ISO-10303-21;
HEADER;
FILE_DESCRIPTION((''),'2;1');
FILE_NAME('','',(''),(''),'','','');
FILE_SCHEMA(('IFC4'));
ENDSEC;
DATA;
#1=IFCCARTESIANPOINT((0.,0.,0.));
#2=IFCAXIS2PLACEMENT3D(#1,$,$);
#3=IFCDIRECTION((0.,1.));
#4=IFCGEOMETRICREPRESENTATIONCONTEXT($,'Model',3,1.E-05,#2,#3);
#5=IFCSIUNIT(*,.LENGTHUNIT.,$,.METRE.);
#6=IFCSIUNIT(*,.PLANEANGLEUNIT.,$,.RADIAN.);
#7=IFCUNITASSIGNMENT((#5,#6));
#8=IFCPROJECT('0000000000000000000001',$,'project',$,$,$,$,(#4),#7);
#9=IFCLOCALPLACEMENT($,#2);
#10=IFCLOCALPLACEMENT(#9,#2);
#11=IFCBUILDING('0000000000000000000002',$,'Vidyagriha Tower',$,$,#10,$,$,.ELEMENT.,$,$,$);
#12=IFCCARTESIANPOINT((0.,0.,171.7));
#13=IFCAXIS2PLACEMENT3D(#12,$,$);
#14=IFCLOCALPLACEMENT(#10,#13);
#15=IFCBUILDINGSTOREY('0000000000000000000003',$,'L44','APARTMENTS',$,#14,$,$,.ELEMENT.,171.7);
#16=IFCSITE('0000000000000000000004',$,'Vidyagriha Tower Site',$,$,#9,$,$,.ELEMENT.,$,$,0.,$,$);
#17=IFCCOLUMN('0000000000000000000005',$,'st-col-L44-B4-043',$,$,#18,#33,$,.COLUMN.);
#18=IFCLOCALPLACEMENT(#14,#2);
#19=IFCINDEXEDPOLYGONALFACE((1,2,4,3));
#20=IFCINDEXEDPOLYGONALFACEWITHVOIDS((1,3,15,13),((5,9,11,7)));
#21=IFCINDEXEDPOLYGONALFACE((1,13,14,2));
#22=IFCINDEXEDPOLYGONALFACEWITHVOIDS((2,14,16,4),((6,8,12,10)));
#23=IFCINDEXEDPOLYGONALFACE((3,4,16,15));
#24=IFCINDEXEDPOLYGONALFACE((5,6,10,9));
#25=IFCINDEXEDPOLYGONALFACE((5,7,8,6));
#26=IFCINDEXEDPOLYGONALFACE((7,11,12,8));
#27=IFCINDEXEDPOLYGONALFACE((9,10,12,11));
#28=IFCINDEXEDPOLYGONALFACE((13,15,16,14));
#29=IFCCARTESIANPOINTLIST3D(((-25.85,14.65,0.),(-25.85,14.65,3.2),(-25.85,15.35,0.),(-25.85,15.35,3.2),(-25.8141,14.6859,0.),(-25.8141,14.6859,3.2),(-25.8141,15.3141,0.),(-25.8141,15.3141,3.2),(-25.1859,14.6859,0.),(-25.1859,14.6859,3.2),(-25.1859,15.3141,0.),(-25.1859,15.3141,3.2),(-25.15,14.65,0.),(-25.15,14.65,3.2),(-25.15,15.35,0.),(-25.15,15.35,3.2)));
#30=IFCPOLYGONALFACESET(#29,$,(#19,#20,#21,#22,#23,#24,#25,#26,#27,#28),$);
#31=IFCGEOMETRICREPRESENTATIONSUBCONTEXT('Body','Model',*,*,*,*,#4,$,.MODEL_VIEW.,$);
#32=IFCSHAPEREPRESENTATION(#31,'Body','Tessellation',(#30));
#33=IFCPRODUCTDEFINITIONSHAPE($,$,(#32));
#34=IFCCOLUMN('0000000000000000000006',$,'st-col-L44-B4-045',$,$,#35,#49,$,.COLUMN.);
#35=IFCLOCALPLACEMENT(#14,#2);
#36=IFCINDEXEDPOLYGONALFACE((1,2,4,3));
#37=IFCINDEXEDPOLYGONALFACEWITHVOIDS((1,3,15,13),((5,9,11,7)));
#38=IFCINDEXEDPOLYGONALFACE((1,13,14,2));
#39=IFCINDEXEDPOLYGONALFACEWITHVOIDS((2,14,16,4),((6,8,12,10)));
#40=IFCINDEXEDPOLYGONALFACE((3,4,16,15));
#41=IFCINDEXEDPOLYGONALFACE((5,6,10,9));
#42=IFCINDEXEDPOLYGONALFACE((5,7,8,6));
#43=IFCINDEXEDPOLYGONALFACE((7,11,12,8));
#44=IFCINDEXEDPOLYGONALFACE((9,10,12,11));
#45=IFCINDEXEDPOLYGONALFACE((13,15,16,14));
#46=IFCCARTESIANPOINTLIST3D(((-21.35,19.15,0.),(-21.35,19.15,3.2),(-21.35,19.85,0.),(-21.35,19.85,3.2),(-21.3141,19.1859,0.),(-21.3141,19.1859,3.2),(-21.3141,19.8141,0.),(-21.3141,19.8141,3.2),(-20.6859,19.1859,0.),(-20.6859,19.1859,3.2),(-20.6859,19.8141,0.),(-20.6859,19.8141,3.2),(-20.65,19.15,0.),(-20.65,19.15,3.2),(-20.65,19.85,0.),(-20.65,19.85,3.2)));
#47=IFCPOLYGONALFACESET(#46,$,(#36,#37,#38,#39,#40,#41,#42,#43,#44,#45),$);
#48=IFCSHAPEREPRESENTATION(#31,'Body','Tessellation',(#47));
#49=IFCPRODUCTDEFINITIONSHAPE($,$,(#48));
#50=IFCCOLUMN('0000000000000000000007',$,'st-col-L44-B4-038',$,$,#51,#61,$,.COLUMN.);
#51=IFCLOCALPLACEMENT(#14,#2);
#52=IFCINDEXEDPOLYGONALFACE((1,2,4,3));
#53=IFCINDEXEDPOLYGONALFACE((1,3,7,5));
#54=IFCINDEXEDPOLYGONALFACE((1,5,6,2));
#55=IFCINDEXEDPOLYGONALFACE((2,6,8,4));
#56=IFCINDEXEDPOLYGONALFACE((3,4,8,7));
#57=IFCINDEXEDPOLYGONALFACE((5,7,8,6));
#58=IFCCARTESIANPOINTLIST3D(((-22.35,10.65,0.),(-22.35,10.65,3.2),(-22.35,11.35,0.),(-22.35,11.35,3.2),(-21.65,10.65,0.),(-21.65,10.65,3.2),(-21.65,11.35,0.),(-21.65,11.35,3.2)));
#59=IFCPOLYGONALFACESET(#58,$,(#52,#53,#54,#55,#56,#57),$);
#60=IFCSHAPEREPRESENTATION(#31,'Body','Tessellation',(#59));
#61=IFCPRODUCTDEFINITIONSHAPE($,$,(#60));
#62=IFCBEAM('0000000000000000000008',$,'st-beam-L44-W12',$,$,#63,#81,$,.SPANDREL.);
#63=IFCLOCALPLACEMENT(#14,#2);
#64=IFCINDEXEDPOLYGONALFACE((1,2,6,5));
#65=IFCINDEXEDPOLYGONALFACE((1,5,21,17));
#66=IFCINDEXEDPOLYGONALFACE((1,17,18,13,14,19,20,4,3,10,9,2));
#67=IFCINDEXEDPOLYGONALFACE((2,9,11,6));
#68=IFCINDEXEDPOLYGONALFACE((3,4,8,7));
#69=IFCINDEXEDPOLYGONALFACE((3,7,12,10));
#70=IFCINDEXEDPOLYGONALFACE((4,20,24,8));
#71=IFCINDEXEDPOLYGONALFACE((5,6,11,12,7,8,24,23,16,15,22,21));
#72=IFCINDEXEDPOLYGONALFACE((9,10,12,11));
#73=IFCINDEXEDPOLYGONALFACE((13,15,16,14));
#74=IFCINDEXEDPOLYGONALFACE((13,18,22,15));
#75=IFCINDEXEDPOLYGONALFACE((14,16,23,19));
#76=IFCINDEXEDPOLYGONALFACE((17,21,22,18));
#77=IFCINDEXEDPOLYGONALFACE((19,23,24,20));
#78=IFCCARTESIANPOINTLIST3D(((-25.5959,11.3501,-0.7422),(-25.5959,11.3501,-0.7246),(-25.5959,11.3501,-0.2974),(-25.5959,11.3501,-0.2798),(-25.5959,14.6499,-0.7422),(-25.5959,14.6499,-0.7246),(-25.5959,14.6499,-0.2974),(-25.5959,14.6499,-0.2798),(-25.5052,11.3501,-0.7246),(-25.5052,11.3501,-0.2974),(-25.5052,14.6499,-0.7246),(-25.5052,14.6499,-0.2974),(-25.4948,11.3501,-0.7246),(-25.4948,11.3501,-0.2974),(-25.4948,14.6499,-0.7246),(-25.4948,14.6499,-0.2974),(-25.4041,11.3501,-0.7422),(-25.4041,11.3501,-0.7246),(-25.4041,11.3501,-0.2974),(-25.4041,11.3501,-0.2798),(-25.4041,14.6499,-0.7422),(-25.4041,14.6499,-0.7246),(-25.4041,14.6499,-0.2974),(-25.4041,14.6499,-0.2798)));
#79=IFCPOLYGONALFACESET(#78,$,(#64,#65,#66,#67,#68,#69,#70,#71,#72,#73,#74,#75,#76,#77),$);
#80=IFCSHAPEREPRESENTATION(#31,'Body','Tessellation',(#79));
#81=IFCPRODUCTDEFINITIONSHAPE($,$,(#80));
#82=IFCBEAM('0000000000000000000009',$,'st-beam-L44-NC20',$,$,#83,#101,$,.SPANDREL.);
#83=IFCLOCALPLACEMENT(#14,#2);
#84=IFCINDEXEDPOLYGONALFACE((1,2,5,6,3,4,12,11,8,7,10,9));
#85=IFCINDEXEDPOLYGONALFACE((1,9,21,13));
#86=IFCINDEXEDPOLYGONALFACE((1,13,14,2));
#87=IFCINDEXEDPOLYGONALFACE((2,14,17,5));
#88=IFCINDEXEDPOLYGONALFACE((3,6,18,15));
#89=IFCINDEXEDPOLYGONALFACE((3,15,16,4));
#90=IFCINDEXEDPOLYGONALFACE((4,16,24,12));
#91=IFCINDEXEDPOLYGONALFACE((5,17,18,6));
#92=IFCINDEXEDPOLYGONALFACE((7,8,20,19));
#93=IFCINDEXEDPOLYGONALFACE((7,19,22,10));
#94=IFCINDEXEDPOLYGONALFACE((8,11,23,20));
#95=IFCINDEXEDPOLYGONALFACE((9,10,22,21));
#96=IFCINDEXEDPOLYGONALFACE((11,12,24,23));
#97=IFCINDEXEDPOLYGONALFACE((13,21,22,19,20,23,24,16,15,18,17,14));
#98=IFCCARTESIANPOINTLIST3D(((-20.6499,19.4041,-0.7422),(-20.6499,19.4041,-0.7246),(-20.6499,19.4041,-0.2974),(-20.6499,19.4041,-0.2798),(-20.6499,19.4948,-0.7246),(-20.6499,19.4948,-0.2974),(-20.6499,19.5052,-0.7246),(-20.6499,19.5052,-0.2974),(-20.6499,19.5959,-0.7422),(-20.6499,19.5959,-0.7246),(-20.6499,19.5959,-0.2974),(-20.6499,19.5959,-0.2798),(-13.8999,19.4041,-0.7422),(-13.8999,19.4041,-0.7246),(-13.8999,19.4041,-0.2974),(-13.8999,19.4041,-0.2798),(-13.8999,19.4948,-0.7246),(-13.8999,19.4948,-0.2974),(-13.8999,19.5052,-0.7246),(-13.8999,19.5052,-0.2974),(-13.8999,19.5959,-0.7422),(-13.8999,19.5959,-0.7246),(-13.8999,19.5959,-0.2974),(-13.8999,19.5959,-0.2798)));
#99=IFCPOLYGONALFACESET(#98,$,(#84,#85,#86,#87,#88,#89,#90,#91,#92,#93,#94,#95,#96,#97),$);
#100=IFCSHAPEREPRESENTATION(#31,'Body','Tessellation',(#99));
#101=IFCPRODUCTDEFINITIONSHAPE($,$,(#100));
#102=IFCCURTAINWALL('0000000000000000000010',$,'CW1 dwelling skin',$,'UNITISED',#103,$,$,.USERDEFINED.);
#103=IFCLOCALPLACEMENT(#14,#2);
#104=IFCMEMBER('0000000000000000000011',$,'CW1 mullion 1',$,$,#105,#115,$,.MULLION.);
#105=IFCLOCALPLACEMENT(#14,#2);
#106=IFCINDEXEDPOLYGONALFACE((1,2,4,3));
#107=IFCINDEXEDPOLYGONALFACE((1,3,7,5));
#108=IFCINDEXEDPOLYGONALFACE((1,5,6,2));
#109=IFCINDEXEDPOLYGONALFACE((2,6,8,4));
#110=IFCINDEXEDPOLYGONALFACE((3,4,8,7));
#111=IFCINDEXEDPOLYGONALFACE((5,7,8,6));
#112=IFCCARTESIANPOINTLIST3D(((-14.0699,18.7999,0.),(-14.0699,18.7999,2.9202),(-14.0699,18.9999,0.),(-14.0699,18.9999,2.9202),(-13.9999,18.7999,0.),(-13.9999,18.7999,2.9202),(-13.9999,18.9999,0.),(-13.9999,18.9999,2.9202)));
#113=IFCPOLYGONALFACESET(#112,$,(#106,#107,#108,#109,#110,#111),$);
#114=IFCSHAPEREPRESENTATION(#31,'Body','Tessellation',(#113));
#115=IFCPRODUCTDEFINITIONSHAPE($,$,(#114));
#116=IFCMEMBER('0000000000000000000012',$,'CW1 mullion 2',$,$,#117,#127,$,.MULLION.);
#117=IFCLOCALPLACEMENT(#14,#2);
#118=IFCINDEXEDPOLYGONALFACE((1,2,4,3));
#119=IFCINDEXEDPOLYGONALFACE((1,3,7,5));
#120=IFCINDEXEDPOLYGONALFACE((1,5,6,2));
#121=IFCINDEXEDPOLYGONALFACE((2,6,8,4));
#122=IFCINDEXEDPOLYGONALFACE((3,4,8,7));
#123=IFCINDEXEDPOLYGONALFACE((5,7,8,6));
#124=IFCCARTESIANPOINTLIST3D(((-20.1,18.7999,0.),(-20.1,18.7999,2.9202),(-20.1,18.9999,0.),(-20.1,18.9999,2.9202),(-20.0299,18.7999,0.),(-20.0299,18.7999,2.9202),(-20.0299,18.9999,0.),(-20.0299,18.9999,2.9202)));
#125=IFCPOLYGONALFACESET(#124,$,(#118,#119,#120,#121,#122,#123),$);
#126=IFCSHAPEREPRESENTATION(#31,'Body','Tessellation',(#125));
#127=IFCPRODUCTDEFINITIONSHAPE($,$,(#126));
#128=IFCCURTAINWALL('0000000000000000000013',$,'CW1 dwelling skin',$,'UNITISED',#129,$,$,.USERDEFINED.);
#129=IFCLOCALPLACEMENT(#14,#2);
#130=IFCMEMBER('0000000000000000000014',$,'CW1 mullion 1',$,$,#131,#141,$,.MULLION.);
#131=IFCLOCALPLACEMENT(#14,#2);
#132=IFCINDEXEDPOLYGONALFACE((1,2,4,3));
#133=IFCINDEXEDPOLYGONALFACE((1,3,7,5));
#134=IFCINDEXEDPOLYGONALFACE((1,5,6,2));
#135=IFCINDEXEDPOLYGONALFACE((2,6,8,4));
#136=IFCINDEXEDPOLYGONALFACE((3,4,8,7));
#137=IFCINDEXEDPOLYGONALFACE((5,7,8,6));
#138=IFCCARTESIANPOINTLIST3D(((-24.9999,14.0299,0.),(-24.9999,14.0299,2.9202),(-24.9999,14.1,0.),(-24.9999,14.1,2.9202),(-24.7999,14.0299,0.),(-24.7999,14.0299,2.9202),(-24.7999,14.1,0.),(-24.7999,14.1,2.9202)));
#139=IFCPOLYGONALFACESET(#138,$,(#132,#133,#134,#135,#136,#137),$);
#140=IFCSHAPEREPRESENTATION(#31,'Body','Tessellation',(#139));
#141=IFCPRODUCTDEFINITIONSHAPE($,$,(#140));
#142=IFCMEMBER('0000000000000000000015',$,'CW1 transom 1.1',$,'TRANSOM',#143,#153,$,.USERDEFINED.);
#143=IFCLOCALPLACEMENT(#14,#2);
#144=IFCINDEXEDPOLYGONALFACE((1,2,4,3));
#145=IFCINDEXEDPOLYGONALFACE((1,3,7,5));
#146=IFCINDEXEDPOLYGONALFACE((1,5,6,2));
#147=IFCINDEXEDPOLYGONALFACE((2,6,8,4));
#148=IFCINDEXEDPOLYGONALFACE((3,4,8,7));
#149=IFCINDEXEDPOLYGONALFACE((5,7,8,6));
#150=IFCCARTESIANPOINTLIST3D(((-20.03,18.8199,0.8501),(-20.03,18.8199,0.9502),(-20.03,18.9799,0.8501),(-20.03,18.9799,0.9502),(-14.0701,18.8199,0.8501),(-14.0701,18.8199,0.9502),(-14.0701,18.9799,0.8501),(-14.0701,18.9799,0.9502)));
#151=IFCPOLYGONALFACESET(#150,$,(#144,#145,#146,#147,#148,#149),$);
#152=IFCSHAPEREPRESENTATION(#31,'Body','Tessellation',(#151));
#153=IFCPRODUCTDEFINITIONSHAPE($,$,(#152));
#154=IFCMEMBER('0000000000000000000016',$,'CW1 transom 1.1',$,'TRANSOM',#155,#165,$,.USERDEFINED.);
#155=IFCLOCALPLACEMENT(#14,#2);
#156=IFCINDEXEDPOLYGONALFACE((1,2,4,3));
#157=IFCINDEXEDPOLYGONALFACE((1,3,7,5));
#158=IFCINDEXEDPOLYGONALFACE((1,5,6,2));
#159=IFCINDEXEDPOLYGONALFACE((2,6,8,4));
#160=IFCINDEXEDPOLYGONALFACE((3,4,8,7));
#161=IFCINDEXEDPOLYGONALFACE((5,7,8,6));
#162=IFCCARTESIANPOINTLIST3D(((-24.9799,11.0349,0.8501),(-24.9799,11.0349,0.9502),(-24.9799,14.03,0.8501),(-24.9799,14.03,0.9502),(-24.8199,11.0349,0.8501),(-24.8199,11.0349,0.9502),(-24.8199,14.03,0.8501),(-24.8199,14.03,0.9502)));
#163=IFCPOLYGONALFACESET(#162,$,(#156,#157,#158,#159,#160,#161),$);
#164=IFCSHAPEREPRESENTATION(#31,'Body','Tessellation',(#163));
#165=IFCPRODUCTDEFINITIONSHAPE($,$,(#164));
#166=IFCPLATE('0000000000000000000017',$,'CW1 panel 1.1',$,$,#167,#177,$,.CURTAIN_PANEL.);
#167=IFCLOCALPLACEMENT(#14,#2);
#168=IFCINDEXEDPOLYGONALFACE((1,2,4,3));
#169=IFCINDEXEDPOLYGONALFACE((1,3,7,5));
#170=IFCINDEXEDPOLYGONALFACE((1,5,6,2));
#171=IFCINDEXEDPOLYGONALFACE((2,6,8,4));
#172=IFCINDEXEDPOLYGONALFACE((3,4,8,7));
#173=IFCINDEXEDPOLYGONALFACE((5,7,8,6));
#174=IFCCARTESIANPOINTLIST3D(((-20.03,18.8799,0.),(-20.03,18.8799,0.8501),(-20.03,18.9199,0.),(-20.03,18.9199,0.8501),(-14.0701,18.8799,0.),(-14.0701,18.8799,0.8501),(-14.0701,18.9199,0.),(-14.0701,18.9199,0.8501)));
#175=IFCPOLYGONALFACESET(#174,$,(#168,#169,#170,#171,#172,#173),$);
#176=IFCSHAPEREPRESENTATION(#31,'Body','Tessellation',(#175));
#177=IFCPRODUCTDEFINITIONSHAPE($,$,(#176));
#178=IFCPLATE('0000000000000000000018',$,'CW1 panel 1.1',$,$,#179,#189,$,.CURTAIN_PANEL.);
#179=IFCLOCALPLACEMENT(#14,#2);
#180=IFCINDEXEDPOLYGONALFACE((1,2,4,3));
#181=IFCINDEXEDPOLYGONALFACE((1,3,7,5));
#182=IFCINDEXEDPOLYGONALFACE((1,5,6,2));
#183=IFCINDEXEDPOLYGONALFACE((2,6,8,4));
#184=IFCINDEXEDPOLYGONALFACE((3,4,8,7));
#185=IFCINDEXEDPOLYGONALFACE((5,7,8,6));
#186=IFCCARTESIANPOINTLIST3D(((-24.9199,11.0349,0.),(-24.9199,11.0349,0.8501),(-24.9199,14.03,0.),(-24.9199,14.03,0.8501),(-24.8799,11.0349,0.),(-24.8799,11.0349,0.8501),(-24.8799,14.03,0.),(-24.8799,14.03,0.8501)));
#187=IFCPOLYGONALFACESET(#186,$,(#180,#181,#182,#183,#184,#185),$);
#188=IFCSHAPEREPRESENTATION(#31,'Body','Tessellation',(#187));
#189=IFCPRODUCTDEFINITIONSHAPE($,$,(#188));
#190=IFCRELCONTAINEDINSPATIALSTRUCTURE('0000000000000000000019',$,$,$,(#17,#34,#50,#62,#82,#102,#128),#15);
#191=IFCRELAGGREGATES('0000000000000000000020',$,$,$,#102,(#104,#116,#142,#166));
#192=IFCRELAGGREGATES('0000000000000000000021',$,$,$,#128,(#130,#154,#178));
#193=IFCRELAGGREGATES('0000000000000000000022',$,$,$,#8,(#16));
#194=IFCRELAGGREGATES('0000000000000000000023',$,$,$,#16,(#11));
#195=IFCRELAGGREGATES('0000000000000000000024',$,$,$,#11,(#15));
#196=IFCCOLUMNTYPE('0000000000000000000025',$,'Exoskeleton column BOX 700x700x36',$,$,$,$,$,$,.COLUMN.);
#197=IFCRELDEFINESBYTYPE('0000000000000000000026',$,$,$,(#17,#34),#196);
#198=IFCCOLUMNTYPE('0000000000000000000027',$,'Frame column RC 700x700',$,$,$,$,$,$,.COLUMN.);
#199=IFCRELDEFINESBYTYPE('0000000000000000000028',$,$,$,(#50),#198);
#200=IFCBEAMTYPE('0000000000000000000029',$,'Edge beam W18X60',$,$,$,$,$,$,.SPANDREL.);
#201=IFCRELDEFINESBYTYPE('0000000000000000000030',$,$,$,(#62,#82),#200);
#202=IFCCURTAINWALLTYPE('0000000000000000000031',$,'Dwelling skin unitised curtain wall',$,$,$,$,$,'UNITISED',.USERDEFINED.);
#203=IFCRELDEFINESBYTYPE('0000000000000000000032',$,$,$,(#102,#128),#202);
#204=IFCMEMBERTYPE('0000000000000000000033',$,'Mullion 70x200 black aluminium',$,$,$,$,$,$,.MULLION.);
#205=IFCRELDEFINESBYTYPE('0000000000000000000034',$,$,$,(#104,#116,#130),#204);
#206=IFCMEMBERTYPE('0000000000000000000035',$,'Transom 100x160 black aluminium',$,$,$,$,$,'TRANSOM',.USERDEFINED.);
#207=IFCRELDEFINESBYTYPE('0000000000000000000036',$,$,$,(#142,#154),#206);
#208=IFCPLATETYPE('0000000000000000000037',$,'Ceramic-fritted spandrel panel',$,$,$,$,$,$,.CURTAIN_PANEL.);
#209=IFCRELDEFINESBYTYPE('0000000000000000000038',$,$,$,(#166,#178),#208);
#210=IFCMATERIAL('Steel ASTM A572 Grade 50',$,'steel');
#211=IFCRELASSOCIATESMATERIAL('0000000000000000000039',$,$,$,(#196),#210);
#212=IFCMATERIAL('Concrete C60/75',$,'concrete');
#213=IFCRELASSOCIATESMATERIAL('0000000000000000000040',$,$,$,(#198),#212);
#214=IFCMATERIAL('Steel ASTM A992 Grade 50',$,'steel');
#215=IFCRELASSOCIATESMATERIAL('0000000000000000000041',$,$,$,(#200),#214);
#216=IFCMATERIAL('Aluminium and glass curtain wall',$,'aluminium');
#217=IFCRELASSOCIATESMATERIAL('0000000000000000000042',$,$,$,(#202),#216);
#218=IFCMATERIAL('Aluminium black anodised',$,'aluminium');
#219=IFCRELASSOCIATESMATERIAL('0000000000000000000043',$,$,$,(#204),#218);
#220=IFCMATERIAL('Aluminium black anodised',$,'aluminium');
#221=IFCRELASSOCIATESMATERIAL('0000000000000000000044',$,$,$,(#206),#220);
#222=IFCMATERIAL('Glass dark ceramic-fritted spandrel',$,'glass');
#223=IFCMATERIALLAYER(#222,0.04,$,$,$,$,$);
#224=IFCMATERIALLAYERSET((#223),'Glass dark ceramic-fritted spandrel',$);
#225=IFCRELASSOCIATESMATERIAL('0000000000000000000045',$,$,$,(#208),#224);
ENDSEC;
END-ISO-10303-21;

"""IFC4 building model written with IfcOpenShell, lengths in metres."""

from ifc_helpers import new_model, si_unit, direction, frame, origin, origin_2d, place, context, subcontext, project, spatial, rectangle, hollow_rectangle, i_section, extrude, material, layer, layer_set, material_profile, profile_set, type_object, element, aggregate, save


model = new_model("IFC4")

# Units and contexts
model_context = context("Model", 3, precision=1e-05, world=origin(), true_north=direction((0.0, 1.0)))
body_context = subcontext(model_context, "Body", "Model", "MODEL_VIEW")
ifc_project = project(units=[si_unit("LENGTHUNIT", "METRE"), si_unit("PLANEANGLEUNIT", "RADIAN")], contexts=[model_context])

# Site, building, storey
site_placement = place(None, origin())
site = spatial("IfcSite", under=ifc_project, at=site_placement, Name="Vidyagriha Tower Site", CompositionType="ELEMENT", RefElevation=0.0)
building_placement = place(site_placement, origin())
building = spatial("IfcBuilding", under=site, at=building_placement, Name="Vidyagriha Tower", CompositionType="ELEMENT")
storey_placement = place(building_placement, frame((0.0, 0.0, 171.7)))
storey = spatial("IfcBuildingStorey", under=building, at=storey_placement, Name="L44", Description="APARTMENTS", CompositionType="ELEMENT", Elevation=171.7)

# Columns
ifc_material_1 = material(Name="Steel ASTM A572 Grade 50", Category="steel")
ifc_material_profile_1 = material_profile(ifc_material_1, hollow_rectangle(XDim=0.7, YDim=0.7, WallThickness=0.0359, at=origin_2d()), Name="BOX 700x700x36")
ifc_profile_set_1 = profile_set([ifc_material_profile_1], Name="Steel ASTM A572 Grade 50")
column_type_1 = type_object("IfcColumnType", Name="Exoskeleton column BOX 700x700x36", PredefinedType="COLUMN", material=ifc_profile_set_1)
for number, where, name in (
    (1, (-25.5, 15.0, 0.0), "st-col-L44-B4-043"),
    (2, (-21.0, 19.5, 0.0), "st-col-L44-B4-045"),
):
    element("IfcColumn", number, at=place(storey_placement, frame(where)), inside=storey, type_object=column_type_1, Name=name, PredefinedType="COLUMN", context=body_context, shape_type="SweptSolid", body=[
        extrude(hollow_rectangle(XDim=0.7, YDim=0.7, WallThickness=0.0359, at=origin_2d()), origin(), (0.0, 0.0, 1.0), 3.2),
    ])
ifc_material_2 = material(Name="Concrete C60/75", Category="concrete")
ifc_material_profile_2 = material_profile(ifc_material_2, rectangle(XDim=0.7, YDim=0.7, at=origin_2d()), Name="RC 700x700")
ifc_profile_set_2 = profile_set([ifc_material_profile_2], Name="Concrete C60/75")
column_type_2 = type_object("IfcColumnType", Name="Frame column RC 700x700", PredefinedType="COLUMN", material=ifc_profile_set_2)
column_placement = place(storey_placement, frame((-22.0, 11.0, 0.0)))
element("IfcColumn", 3, at=column_placement, inside=storey, type_object=column_type_2, Name="st-col-L44-B4-038", PredefinedType="COLUMN", context=body_context, shape_type="SweptSolid", body=[
    extrude(rectangle(XDim=0.7, YDim=0.7, at=origin_2d()), origin(), (0.0, 0.0, 1.0), 3.2),
])

# Beams
ifc_material_3 = material(Name="Steel ASTM A992 Grade 50", Category="steel")
ifc_material_profile_3 = material_profile(ifc_material_3, i_section(OverallWidth=0.1919, OverallDepth=0.4624, WebThickness=0.0105, FlangeThickness=0.0176, at=origin_2d()), Name="W18X60")
ifc_profile_set_3 = profile_set([ifc_material_profile_3], Name="Steel ASTM A992 Grade 50")
beam_type = type_object("IfcBeamType", Name="Edge beam W18X60", PredefinedType="SPANDREL", material=ifc_profile_set_3)
beam_1_placement = place(storey_placement, frame((-25.5, 11.3501, -0.511), z_axis=(0.0, 1.0, 0.0), x_axis=(-1.0, 0.0, 0.0)))
element("IfcBeam", 4, at=beam_1_placement, inside=storey, type_object=beam_type, Name="st-beam-L44-W12", PredefinedType="SPANDREL", context=body_context, shape_type="SweptSolid", body=[
    extrude(i_section(OverallWidth=0.1919, OverallDepth=0.4624, WebThickness=0.0105, FlangeThickness=0.0176, at=origin_2d()), origin(), (0.0, 0.0, 1.0), 3.2998),
])
beam_2_placement = place(storey_placement, frame((-20.6499, 19.5, -0.511), z_axis=(1.0, 0.0, 0.0), x_axis=(0.0, 1.0, 0.0)))
element("IfcBeam", 5, at=beam_2_placement, inside=storey, type_object=beam_type, Name="st-beam-L44-NC20", PredefinedType="SPANDREL", context=body_context, shape_type="SweptSolid", body=[
    extrude(i_section(OverallWidth=0.1919, OverallDepth=0.4624, WebThickness=0.0105, FlangeThickness=0.0176, at=origin_2d()), origin(), (0.0, 0.0, 1.0), 6.75),
])

# Curtain wall, members
ifc_material_4 = material(Name="Aluminium and glass curtain wall", Category="aluminium")
curtain_wall_type = type_object("IfcCurtainWallType", Name="Dwelling skin unitised curtain wall", ElementType="UNITISED", PredefinedType="USERDEFINED", material=ifc_material_4)
curtain_wall_1_placement = place(storey_placement, origin())
curtain_wall_1 = element("IfcCurtainWall", 6, at=curtain_wall_1_placement, inside=storey, type_object=curtain_wall_type, Name="CW1 dwelling skin", ObjectType="UNITISED", PredefinedType="USERDEFINED")
ifc_material_5 = material(Name="Aluminium black anodised", Category="aluminium")
ifc_material_profile_4 = material_profile(ifc_material_5, rectangle(XDim=0.2, YDim=0.0701, at=origin_2d()), Name="Mullion 70x200 black aluminium")
ifc_profile_set_4 = profile_set([ifc_material_profile_4], Name="Aluminium black anodised")
member_type_1 = type_object("IfcMemberType", Name="Mullion 70x200 black aluminium", PredefinedType="MULLION", material=ifc_profile_set_4)
member_1_placement = place(storey_placement, frame((-14.0349, 18.8999, 0.0), z_axis=(0.0, 0.0, 1.0), x_axis=(0.0, -1.0, 0.0)))
member_1 = element("IfcMember", 7, at=member_1_placement, type_object=member_type_1, Name="CW1 mullion 1", PredefinedType="MULLION", context=body_context, shape_type="SweptSolid", body=[
    extrude(rectangle(XDim=0.2, YDim=0.0701, at=origin_2d()), origin(), (0.0, 0.0, 1.0), 2.9202),
])
member_2_placement = place(storey_placement, frame((-20.0649, 18.8999, 0.0), z_axis=(0.0, 0.0, 1.0), x_axis=(0.0, -1.0, 0.0)))
member_2 = element("IfcMember", 8, at=member_2_placement, type_object=member_type_1, Name="CW1 mullion 2", PredefinedType="MULLION", context=body_context, shape_type="SweptSolid", body=[
    extrude(rectangle(XDim=0.2, YDim=0.0701, at=origin_2d()), origin(), (0.0, 0.0, 1.0), 2.9202),
])

# Curtain wall, member
curtain_wall_2_placement = place(storey_placement, origin())
curtain_wall_2 = element("IfcCurtainWall", 9, at=curtain_wall_2_placement, inside=storey, type_object=curtain_wall_type, Name="CW1 dwelling skin", ObjectType="UNITISED", PredefinedType="USERDEFINED")
member_3_placement = place(storey_placement, frame((-24.8999, 14.0649, 0.0)))
member_3 = element("IfcMember", 10, at=member_3_placement, type_object=member_type_1, Name="CW1 mullion 1", PredefinedType="MULLION", context=body_context, shape_type="SweptSolid", body=[
    extrude(rectangle(XDim=0.2, YDim=0.0701, at=origin_2d()), origin(), (0.0, 0.0, 1.0), 2.9202),
])

# Members
ifc_material_6 = material(Name="Aluminium black anodised", Category="aluminium")
ifc_material_profile_5 = material_profile(ifc_material_6, rectangle(XDim=0.1599, YDim=0.1001, at=origin_2d()), Name="Transom 100x160 black aluminium")
ifc_profile_set_5 = profile_set([ifc_material_profile_5], Name="Aluminium black anodised")
member_type_2 = type_object("IfcMemberType", Name="Transom 100x160 black aluminium", ElementType="TRANSOM", PredefinedType="USERDEFINED", material=ifc_profile_set_5)
member_4_placement = place(storey_placement, frame((-14.0701, 18.8999, 0.9001), z_axis=(-1.0, 0.0, 0.0), x_axis=(0.0, -1.0, 0.0)))
member_4 = element("IfcMember", 11, at=member_4_placement, type_object=member_type_2, Name="CW1 transom 1.1", ObjectType="TRANSOM", PredefinedType="USERDEFINED", context=body_context, shape_type="SweptSolid", body=[
    extrude(rectangle(XDim=0.1599, YDim=0.1001, at=origin_2d()), origin(), (0.0, 0.0, 1.0), 5.96),
])
member_5_placement = place(storey_placement, frame((-24.8999, 14.03, 0.9001), z_axis=(0.0, -1.0, 0.0), x_axis=(1.0, 0.0, 0.0)))
member_5 = element("IfcMember", 12, at=member_5_placement, type_object=member_type_2, Name="CW1 transom 1.1", ObjectType="TRANSOM", PredefinedType="USERDEFINED", context=body_context, shape_type="SweptSolid", body=[
    extrude(rectangle(XDim=0.1599, YDim=0.1001, at=origin_2d()), origin(), (0.0, 0.0, 1.0), 2.9951),
])

# Plates
ifc_material_7 = material(Name="Glass dark ceramic-fritted spandrel", Category="glass")
ifc_layer_1 = layer(ifc_material_7, 0.04)
ifc_layer_set_1 = layer_set([ifc_layer_1], Name="Glass dark ceramic-fritted spandrel")
plate_type_1 = type_object("IfcPlateType", Name="Ceramic-fritted spandrel panel", PredefinedType="CURTAIN_PANEL", material=ifc_layer_set_1)
plate_1_placement = place(storey_placement, frame((-17.05, 18.8999, 0.0), z_axis=(0.0, 0.0, 1.0), x_axis=(-1.0, 0.0, 0.0)))
plate_1 = element("IfcPlate", 13, at=plate_1_placement, type_object=plate_type_1, Name="CW1 panel 1.1", PredefinedType="CURTAIN_PANEL", context=body_context, shape_type="SweptSolid", body=[
    extrude(rectangle(XDim=5.96, YDim=0.04, at=origin_2d()), origin(), (0.0, 0.0, 1.0), 0.8501),
])
plate_2_placement = place(storey_placement, frame((-24.8999, 12.5325, 0.0), z_axis=(0.0, 0.0, 1.0), x_axis=(0.0, -1.0, 0.0)))
plate_2 = element("IfcPlate", 14, at=plate_2_placement, type_object=plate_type_1, Name="CW1 panel 1.1", PredefinedType="CURTAIN_PANEL", context=body_context, shape_type="SweptSolid", body=[
    extrude(rectangle(XDim=2.9951, YDim=0.04, at=origin_2d()), origin(), (0.0, 0.0, 1.0), 0.8501),
])
aggregate(curtain_wall_1, [member_1, member_2, member_4, plate_1])
aggregate(curtain_wall_2, [member_3, member_5, plate_2])

save(model, "model.ifc")
